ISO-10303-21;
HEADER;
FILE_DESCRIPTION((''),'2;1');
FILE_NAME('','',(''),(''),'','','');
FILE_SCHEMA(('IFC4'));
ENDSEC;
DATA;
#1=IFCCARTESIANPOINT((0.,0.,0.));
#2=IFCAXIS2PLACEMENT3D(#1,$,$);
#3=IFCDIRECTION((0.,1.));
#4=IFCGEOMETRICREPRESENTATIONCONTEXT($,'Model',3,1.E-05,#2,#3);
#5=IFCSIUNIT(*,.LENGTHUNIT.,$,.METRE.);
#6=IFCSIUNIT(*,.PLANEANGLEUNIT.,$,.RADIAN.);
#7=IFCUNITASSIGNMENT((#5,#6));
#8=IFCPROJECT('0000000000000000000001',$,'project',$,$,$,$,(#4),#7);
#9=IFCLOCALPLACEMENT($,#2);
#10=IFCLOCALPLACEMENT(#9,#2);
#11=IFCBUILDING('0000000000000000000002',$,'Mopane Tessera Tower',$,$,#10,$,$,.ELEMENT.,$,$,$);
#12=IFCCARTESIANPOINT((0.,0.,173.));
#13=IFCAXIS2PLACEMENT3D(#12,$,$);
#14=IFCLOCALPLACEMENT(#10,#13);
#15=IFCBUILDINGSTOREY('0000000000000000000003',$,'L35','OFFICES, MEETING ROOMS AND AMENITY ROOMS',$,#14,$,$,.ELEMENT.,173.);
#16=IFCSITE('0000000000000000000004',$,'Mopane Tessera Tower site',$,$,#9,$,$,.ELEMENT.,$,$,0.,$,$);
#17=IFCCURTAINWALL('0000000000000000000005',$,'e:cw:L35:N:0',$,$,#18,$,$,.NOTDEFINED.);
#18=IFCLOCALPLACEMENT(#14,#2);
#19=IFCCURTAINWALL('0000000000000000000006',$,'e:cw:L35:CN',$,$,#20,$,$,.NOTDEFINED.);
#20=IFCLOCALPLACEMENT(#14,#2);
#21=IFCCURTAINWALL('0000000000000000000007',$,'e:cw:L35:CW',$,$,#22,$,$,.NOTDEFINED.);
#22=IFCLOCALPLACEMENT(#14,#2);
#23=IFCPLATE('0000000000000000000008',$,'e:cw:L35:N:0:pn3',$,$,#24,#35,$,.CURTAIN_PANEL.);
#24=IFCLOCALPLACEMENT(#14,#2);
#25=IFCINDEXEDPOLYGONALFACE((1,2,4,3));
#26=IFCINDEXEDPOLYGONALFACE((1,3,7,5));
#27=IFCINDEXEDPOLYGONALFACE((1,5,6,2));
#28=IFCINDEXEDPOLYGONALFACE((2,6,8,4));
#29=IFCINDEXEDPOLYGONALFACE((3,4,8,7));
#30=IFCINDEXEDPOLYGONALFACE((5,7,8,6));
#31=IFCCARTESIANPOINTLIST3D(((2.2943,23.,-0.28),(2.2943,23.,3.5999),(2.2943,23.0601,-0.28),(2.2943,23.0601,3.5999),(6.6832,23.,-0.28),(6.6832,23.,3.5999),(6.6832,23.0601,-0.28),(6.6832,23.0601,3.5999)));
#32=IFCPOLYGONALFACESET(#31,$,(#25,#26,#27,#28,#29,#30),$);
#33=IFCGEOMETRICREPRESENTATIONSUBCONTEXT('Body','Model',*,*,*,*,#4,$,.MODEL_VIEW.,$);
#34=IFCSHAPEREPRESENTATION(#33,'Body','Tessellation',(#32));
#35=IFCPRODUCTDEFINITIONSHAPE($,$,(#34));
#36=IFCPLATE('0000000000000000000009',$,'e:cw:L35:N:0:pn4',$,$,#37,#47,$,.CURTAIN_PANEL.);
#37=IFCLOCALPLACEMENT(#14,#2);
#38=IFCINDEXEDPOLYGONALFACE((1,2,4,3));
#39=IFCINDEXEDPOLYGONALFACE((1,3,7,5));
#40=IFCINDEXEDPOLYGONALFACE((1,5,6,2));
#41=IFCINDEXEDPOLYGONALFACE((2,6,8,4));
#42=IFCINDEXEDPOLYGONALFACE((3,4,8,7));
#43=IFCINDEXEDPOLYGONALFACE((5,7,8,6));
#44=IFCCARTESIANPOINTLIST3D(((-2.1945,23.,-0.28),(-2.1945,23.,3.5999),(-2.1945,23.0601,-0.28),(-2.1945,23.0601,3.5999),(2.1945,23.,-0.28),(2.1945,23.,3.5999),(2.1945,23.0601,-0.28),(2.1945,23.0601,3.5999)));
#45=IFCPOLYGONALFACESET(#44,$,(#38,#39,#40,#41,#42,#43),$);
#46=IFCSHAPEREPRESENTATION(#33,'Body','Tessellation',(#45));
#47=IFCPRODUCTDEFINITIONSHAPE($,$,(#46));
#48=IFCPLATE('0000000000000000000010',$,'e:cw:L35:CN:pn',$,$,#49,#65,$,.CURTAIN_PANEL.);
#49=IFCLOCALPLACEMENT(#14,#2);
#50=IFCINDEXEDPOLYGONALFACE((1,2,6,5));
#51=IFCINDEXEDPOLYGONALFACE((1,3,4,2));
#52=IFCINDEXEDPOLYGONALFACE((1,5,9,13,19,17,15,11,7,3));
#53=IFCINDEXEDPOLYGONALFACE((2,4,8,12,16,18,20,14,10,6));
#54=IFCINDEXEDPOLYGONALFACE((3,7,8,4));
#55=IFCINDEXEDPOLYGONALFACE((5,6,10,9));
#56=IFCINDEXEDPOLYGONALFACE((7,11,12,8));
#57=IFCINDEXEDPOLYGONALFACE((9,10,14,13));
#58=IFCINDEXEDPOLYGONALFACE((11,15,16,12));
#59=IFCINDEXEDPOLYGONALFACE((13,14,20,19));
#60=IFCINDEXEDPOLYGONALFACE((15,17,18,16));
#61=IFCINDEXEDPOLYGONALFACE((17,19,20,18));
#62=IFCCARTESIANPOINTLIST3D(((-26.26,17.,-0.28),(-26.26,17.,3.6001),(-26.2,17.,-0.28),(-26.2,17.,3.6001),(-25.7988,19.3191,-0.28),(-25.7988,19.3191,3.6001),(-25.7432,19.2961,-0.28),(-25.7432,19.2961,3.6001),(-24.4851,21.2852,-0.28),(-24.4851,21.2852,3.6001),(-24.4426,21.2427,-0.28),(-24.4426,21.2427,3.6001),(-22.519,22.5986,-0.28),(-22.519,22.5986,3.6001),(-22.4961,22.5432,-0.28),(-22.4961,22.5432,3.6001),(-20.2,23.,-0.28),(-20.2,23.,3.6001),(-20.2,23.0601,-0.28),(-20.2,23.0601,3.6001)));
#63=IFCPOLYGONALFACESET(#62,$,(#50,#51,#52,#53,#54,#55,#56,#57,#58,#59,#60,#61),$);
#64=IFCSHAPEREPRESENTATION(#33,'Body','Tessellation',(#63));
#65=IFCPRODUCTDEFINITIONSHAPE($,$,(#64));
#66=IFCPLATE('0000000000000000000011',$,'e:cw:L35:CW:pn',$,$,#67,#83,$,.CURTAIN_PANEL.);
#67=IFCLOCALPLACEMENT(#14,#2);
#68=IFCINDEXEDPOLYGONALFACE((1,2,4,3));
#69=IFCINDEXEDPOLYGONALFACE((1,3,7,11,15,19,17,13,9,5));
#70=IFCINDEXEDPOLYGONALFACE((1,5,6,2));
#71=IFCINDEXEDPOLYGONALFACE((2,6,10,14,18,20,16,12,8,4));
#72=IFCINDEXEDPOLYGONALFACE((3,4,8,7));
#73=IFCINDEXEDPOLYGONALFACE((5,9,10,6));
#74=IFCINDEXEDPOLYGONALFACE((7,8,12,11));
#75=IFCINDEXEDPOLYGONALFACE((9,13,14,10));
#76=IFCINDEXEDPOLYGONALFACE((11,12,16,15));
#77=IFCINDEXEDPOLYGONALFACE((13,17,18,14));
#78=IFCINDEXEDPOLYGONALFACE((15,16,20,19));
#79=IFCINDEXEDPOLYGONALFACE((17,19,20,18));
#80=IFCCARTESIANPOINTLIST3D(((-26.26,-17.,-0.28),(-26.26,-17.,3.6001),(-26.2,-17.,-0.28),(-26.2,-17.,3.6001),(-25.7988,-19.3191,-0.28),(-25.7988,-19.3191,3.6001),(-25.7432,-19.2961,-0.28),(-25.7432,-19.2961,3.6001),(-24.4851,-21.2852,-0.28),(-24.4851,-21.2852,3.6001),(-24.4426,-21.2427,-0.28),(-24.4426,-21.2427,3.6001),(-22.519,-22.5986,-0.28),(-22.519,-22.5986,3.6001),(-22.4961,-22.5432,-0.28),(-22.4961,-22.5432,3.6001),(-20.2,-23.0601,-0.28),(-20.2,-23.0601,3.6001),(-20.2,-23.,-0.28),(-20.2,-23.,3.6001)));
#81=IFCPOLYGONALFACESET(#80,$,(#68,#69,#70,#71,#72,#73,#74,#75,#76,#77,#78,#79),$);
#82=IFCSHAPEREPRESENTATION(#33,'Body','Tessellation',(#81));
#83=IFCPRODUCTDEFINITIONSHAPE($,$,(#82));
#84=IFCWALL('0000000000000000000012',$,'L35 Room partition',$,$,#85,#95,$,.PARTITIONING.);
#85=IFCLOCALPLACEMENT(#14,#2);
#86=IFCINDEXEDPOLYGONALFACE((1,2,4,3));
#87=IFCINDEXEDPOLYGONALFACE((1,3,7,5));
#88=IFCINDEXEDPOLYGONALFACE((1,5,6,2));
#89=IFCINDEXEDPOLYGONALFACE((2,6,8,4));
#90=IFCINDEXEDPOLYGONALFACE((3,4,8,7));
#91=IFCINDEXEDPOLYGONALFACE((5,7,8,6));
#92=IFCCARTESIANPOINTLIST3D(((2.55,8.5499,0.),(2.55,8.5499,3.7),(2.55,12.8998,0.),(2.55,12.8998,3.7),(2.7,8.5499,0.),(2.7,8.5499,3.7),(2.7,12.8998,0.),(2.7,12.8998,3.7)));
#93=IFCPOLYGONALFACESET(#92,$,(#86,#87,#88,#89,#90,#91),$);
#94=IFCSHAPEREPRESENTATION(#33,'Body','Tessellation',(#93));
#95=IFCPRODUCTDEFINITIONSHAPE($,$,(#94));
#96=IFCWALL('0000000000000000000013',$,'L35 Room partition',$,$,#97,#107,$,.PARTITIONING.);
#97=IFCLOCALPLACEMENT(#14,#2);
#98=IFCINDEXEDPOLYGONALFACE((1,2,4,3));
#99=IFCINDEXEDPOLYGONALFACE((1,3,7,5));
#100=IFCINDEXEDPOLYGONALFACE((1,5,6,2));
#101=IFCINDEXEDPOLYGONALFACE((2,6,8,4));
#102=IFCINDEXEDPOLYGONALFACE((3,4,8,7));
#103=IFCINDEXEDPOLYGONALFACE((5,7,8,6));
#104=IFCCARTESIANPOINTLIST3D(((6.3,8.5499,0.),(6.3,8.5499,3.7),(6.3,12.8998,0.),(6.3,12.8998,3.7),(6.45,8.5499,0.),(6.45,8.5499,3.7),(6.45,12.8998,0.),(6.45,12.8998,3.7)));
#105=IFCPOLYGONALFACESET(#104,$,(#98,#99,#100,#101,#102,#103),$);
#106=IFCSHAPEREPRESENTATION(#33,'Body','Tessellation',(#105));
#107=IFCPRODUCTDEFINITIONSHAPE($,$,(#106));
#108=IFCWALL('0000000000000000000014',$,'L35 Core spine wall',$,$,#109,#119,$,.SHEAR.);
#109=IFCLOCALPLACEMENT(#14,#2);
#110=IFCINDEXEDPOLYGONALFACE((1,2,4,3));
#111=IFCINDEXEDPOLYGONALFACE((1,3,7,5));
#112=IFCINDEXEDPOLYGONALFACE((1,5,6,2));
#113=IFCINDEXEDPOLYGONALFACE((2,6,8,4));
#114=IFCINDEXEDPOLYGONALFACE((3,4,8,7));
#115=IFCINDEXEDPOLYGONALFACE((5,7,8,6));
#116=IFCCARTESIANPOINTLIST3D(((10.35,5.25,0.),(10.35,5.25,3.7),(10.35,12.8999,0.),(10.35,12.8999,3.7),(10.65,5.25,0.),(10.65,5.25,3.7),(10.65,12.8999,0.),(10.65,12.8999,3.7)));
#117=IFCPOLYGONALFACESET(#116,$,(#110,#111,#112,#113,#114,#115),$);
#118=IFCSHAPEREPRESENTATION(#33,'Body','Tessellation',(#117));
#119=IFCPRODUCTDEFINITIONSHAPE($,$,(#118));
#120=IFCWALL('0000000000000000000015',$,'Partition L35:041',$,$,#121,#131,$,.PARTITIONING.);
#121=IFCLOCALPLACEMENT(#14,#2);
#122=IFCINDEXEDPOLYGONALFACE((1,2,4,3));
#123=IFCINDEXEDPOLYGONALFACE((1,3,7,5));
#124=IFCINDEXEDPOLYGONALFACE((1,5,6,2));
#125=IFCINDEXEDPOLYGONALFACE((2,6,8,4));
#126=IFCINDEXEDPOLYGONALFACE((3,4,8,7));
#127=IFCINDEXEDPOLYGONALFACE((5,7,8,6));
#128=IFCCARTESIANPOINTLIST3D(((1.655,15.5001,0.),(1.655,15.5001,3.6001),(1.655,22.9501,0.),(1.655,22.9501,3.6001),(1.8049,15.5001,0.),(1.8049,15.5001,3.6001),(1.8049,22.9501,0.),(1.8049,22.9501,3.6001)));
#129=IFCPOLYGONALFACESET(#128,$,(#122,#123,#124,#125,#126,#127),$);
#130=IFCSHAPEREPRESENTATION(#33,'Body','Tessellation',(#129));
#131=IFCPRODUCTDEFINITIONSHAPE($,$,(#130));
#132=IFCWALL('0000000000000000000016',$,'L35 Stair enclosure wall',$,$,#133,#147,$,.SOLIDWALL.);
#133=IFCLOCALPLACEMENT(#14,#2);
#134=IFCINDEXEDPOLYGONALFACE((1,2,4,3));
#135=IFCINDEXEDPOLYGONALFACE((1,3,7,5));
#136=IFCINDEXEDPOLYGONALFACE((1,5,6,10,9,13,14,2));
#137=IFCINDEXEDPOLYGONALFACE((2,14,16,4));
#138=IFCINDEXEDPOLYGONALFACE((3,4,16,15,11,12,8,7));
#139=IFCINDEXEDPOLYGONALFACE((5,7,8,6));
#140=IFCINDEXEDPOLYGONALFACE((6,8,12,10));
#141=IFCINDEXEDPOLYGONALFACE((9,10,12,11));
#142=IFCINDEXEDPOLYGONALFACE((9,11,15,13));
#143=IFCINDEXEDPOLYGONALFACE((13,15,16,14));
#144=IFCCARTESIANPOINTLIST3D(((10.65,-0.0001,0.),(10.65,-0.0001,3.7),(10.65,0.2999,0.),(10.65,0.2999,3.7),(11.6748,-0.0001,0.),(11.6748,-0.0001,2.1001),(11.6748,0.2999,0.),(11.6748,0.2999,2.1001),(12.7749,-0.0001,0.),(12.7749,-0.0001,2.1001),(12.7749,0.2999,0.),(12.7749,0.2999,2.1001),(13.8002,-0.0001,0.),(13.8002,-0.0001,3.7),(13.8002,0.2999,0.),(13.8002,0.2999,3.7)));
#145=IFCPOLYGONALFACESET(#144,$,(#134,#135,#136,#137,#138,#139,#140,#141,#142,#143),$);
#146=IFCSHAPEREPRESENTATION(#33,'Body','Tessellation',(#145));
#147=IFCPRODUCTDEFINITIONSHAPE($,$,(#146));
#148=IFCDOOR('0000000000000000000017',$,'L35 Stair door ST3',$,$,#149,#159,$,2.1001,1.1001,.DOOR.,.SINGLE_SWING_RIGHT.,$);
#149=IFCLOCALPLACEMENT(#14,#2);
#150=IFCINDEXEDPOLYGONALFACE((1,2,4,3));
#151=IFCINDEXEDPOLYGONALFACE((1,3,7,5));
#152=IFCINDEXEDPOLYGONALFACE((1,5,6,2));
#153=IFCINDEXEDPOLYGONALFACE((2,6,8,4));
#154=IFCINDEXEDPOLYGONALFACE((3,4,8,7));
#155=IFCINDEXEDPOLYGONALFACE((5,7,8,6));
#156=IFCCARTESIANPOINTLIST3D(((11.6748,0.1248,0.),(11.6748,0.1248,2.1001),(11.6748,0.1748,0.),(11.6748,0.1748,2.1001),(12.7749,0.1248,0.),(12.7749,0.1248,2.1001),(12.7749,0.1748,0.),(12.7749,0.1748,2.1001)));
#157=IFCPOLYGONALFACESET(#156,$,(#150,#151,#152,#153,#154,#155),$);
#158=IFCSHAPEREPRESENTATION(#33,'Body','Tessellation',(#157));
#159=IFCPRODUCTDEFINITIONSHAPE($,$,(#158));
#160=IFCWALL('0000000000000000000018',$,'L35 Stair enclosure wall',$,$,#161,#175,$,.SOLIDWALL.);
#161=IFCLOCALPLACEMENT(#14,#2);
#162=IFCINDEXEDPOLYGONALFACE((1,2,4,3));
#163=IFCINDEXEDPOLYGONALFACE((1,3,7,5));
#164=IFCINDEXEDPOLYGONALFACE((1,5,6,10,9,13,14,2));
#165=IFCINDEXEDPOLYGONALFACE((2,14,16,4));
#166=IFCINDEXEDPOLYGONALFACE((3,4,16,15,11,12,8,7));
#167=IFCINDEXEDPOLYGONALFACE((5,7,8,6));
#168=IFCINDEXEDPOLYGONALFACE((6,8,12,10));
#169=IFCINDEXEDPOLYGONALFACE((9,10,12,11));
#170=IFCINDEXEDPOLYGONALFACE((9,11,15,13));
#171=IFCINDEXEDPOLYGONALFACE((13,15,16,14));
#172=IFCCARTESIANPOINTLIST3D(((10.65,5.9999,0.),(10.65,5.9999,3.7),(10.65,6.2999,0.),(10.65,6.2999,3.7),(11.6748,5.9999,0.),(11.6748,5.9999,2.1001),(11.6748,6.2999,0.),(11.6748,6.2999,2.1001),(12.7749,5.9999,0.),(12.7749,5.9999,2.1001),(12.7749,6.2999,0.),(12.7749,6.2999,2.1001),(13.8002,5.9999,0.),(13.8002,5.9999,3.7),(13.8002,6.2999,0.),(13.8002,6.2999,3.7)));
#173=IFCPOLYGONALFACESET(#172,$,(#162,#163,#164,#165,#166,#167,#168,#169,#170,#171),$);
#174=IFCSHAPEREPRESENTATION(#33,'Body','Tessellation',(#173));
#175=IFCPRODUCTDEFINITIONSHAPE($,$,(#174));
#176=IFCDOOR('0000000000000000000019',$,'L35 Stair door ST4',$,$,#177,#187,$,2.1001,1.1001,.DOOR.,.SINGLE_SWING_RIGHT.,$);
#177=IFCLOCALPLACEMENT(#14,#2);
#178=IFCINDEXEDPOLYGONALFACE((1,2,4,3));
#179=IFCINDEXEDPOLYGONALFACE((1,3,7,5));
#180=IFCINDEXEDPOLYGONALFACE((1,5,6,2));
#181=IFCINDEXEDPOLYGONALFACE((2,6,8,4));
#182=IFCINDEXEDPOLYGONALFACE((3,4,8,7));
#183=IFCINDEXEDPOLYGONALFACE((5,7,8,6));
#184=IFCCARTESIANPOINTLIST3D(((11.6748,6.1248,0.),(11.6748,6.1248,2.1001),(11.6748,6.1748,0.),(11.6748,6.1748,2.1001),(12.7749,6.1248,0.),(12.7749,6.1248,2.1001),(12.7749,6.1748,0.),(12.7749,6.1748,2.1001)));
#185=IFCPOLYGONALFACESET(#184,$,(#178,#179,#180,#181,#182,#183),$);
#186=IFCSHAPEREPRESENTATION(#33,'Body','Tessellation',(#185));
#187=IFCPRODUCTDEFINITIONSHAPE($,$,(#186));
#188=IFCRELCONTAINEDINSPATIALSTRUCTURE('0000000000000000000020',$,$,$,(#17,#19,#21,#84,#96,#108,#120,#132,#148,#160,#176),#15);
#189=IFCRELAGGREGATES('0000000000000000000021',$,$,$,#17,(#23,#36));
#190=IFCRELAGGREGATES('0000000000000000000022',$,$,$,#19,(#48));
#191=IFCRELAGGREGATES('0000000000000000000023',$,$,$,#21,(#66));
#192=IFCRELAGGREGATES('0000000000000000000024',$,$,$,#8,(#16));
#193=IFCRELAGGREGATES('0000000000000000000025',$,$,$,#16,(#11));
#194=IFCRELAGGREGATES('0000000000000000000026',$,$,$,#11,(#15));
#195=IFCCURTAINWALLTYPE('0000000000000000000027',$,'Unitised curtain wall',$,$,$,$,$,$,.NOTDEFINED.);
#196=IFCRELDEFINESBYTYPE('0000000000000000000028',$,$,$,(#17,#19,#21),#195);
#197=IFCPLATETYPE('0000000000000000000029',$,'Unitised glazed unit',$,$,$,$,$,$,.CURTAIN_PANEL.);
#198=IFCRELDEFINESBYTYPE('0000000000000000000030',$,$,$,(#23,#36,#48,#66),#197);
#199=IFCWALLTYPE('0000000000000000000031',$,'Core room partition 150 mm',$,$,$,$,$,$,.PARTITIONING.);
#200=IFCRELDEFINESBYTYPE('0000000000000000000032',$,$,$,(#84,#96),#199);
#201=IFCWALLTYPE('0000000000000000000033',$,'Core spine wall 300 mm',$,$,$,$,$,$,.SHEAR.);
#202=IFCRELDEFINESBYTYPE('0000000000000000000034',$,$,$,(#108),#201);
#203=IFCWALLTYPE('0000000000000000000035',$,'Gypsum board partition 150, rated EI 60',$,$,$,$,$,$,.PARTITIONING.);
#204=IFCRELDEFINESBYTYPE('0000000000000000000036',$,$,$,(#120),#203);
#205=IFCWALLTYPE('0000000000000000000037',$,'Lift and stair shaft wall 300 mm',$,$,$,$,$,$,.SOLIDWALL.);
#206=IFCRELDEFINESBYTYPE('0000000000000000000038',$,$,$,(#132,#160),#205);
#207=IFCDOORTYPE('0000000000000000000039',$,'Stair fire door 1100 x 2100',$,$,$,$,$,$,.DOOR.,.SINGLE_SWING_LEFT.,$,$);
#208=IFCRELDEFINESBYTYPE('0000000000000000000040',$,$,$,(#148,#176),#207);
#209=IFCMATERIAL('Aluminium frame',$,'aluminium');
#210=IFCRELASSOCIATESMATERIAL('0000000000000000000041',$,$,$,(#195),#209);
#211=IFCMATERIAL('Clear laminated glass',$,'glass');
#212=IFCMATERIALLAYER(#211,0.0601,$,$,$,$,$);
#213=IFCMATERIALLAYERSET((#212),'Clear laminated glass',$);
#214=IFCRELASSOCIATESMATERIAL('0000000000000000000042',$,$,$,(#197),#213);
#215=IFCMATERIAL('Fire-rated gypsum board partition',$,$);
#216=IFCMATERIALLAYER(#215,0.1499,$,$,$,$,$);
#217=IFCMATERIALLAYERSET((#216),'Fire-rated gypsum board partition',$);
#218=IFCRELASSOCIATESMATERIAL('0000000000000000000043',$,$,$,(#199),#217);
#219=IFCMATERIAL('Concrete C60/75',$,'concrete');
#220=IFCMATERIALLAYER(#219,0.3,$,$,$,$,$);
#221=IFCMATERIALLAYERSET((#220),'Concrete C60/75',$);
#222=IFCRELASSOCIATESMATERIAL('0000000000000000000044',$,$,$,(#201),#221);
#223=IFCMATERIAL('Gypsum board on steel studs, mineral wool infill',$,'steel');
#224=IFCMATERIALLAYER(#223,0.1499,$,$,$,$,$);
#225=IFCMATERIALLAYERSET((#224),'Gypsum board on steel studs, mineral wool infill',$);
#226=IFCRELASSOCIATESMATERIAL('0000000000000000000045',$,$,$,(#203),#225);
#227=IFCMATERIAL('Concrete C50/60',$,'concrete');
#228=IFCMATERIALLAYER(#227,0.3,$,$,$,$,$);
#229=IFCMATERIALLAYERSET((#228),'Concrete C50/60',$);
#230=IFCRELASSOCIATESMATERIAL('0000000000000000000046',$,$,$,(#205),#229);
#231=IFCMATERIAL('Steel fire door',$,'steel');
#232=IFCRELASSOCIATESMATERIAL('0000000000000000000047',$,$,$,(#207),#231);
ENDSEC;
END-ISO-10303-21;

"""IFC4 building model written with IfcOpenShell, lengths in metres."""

from ifc_helpers import new_model, si_unit, direction, frame, frame_2d, origin, origin_2d, place, context, subcontext, project, spatial, polyline, rectangle, outline, extrude, material, layer, layer_set, type_object, element, fill, aggregate, save


model = new_model("IFC4")

# Units and contexts
model_context = context("Model", 3, precision=1e-05, world=origin(), true_north=direction((0.0, 1.0)))
body_context = subcontext(model_context, "Body", "Model", "MODEL_VIEW")
ifc_project = project(units=[si_unit("LENGTHUNIT", "METRE"), si_unit("PLANEANGLEUNIT", "RADIAN")], contexts=[model_context])

# Site, building, storey
site_placement = place(None, origin())
site = spatial("IfcSite", under=ifc_project, at=site_placement, Name="Mopane Tessera Tower site", CompositionType="ELEMENT", RefElevation=0.0)
building_placement = place(site_placement, origin())
building = spatial("IfcBuilding", under=site, at=building_placement, Name="Mopane Tessera Tower", CompositionType="ELEMENT")
storey_placement = place(building_placement, frame((0.0, 0.0, 173.0)))
storey = spatial("IfcBuildingStorey", under=building, at=storey_placement, Name="L35", Description="OFFICES, MEETING ROOMS AND AMENITY ROOMS", CompositionType="ELEMENT", Elevation=173.0)

# Curtain wall
ifc_material_1 = material(Name="Aluminium frame", Category="aluminium")
curtain_wall_type = type_object("IfcCurtainWallType", Name="Unitised curtain wall", PredefinedType="NOTDEFINED", material=ifc_material_1)
curtain_wall_1_placement = place(storey_placement, origin())
curtain_wall_1 = element("IfcCurtainWall", 1, at=curtain_wall_1_placement, inside=storey, type_object=curtain_wall_type, Name="e:cw:L35:N:0", PredefinedType="NOTDEFINED")

# Curtain walls
curtain_wall_2_placement = place(storey_placement, origin())
curtain_wall_2 = element("IfcCurtainWall", 2, at=curtain_wall_2_placement, inside=storey, type_object=curtain_wall_type, Name="e:cw:L35:CN", PredefinedType="NOTDEFINED")
curtain_wall_3_placement = place(storey_placement, origin())
curtain_wall_3 = element("IfcCurtainWall", 3, at=curtain_wall_3_placement, inside=storey, type_object=curtain_wall_type, Name="e:cw:L35:CW", PredefinedType="NOTDEFINED")

# Plates
ifc_material_2 = material(Name="Clear laminated glass", Category="glass")
ifc_layer_1 = layer(ifc_material_2, 0.0601)
ifc_layer_set_1 = layer_set([ifc_layer_1], Name="Clear laminated glass")
plate_type = type_object("IfcPlateType", Name="Unitised glazed unit", PredefinedType="CURTAIN_PANEL", material=ifc_layer_set_1)
plate_1_placement = place(storey_placement, frame((4.4888, 23.03, -0.28), z_axis=(0.0, 0.0, 1.0), x_axis=(-1.0, 0.0, 0.0)))
plate_1 = element("IfcPlate", 4, at=plate_1_placement, type_object=plate_type, Name="e:cw:L35:N:0:pn3", PredefinedType="CURTAIN_PANEL", context=body_context, shape_type="SweptSolid", body=[
    extrude(rectangle(XDim=4.3889, YDim=0.0601, at=origin_2d()), origin(), (0.0, 0.0, 1.0), 3.8799),
])
plate_2_placement = place(storey_placement, frame((0.0, 23.03, -0.28), z_axis=(0.0, 0.0, 1.0), x_axis=(-1.0, 0.0, 0.0)))
plate_2 = element("IfcPlate", 5, at=plate_2_placement, type_object=plate_type, Name="e:cw:L35:N:0:pn4", PredefinedType="CURTAIN_PANEL", context=body_context, shape_type="SweptSolid", body=[
    extrude(rectangle(XDim=4.3889, YDim=0.0601, at=origin_2d()), origin(), (0.0, 0.0, 1.0), 3.8799),
])
aggregate(curtain_wall_1, [plate_1, plate_2])
plate_3_placement = place(storey_placement, frame((0.0, 0.0, -0.28)))
plate_3 = element("IfcPlate", 6, at=plate_3_placement, type_object=plate_type, Name="e:cw:L35:CN:pn", PredefinedType="CURTAIN_PANEL", context=body_context, shape_type="SweptSolid", body=[
    extrude(outline(polyline([(-20.2, 23.0), (-22.4961, 22.5432), (-24.4426, 21.2427), (-25.7432, 19.2961), (-26.2, 17.0), (-26.26, 17.0), (-25.7988, 19.3191), (-24.4851, 21.2852), (-22.519, 22.5986), (-20.2, 23.0601), (-20.2, 23.0)])), origin(), (0.0, 0.0, 1.0), 3.8801),
])
aggregate(curtain_wall_2, [plate_3])
plate_4_placement = place(storey_placement, frame((0.0, 0.0, -0.28)))
plate_4 = element("IfcPlate", 7, at=plate_4_placement, type_object=plate_type, Name="e:cw:L35:CW:pn", PredefinedType="CURTAIN_PANEL", context=body_context, shape_type="SweptSolid", body=[
    extrude(outline(polyline([(-26.2, -17.0), (-25.7432, -19.2961), (-24.4426, -21.2427), (-22.4961, -22.5432), (-20.2, -23.0), (-20.2, -23.0601), (-22.519, -22.5986), (-24.4851, -21.2852), (-25.7988, -19.3191), (-26.26, -17.0), (-26.2, -17.0)])), origin(), (0.0, 0.0, 1.0), 3.8801),
])
aggregate(curtain_wall_3, [plate_4])

# Walls
ifc_material_3 = material(Name="Fire-rated gypsum board partition")
ifc_layer_2 = layer(ifc_material_3, 0.1499)
ifc_layer_set_2 = layer_set([ifc_layer_2], Name="Fire-rated gypsum board partition")
wall_type_1 = type_object("IfcWallType", Name="Core room partition 150 mm", PredefinedType="PARTITIONING", material=ifc_layer_set_2)
for number, where, z_axis, x_axis, name in (
    (8, (2.625, 8.55, 0.0), (0.0, 0.0, 1.0), (0.0, 1.0, 0.0), "L35 Room partition"),
    (9, (6.375, 8.55, 0.0), (0.0, 0.0, 1.0), (0.0, 1.0, 0.0), "L35 Room partition"),
):
    element("IfcWall", number, at=place(storey_placement, frame(where, z_axis=z_axis, x_axis=x_axis)), inside=storey, type_object=wall_type_1, Name=name, PredefinedType="PARTITIONING", context=body_context, shape_type="SweptSolid", body=[
        extrude(rectangle(XDim=4.3499, YDim=0.1499, at=frame_2d((2.1748, 0.0))), origin(), (0.0, 0.0, 1.0), 3.7),
    ])
ifc_material_4 = material(Name="Concrete C60/75", Category="concrete")
ifc_layer_3 = layer(ifc_material_4, 0.3)
ifc_layer_set_3 = layer_set([ifc_layer_3], Name="Concrete C60/75")
wall_type_2 = type_object("IfcWallType", Name="Core spine wall 300 mm", PredefinedType="SHEAR", material=ifc_layer_set_3)
wall_1_placement = place(storey_placement, frame((10.5, 5.25, 0.0), z_axis=(0.0, 0.0, 1.0), x_axis=(0.0, 1.0, 0.0)))
element("IfcWall", 10, at=wall_1_placement, inside=storey, type_object=wall_type_2, Name="L35 Core spine wall", PredefinedType="SHEAR", context=body_context, shape_type="SweptSolid", body=[
    extrude(rectangle(XDim=7.6499, YDim=0.3, at=frame_2d((3.825, 0.0))), origin(), (0.0, 0.0, 1.0), 3.7),
])
ifc_material_5 = material(Name="Gypsum board on steel studs, mineral wool infill", Category="steel")
ifc_layer_4 = layer(ifc_material_5, 0.1499)
ifc_layer_set_4 = layer_set([ifc_layer_4], Name="Gypsum board on steel studs, mineral wool infill")
wall_type_3 = type_object("IfcWallType", Name="Gypsum board partition 150, rated EI 60", PredefinedType="PARTITIONING", material=ifc_layer_set_4)
wall_2_placement = place(storey_placement, frame((1.73, 15.5, 0.0), z_axis=(0.0, 0.0, 1.0), x_axis=(0.0, 1.0, 0.0)))
element("IfcWall", 11, at=wall_2_placement, inside=storey, type_object=wall_type_3, Name="Partition L35:041", PredefinedType="PARTITIONING", context=body_context, shape_type="SweptSolid", body=[
    extrude(rectangle(XDim=7.45, YDim=0.1499, at=frame_2d((3.7251, 0.0))), origin(), (0.0, 0.0, 1.0), 3.6001),
])

# Walls, openings, doors
ifc_material_6 = material(Name="Concrete C50/60", Category="concrete")
ifc_layer_5 = layer(ifc_material_6, 0.3)
ifc_layer_set_5 = layer_set([ifc_layer_5], Name="Concrete C50/60")
wall_type_4 = type_object("IfcWallType", Name="Lift and stair shaft wall 300 mm", PredefinedType="SOLIDWALL", material=ifc_layer_set_5)
wall_3_placement = place(storey_placement, frame((10.6499, 0.1499, 0.0), z_axis=(0.0, 0.0, 1.0), x_axis=(1.0, 0.0, 0.0)))
wall_3 = element("IfcWall", 12, at=wall_3_placement, inside=storey, type_object=wall_type_4, Name="L35 Stair enclosure wall", PredefinedType="SOLIDWALL", context=body_context, shape_type="SweptSolid", body=[
    extrude(rectangle(XDim=3.1501, YDim=0.3, at=frame_2d((1.5752, 0.0))), origin(), (0.0, 0.0, 1.0), 3.7),
])
opening_1_placement = place(wall_3_placement, frame((1.0249, 0.0, 0.0)))
opening_1 = element("IfcOpeningElement", 13, at=opening_1_placement, cuts=wall_3, PredefinedType="OPENING", context=body_context, shape_type="SweptSolid", body=[
    extrude(rectangle(XDim=1.1001, YDim=2.1001, at=frame_2d((0.55, 1.05))), frame((0.0, 0.1621, 0.0), z_axis=(0.0, -1.0, 0.0), x_axis=(1.0, 0.0, 0.0)), (0.0, 0.0, 1.0), 0.324),
])
ifc_material_7 = material(Name="Steel fire door", Category="steel")
door_type = type_object("IfcDoorType", Name="Stair fire door 1100 x 2100", OperationType="SINGLE_SWING_LEFT", PredefinedType="DOOR", material=ifc_material_7)
door_1_placement = place(opening_1_placement, origin())
door_1 = element("IfcDoor", 14, at=door_1_placement, inside=storey, type_object=door_type, Name="L35 Stair door ST3", OperationType="SINGLE_SWING_RIGHT", OverallHeight=2.1001, OverallWidth=1.1001, PredefinedType="DOOR", context=body_context, shape_type="SweptSolid", body=[
    extrude(rectangle(XDim=1.1001, YDim=2.1001, at=frame_2d((0.55, 1.05))), frame((0.0, 0.0249, 0.0), z_axis=(0.0, -1.0, 0.0), x_axis=(1.0, 0.0, 0.0)), (0.0, 0.0, 1.0), 0.05),
])
fill(opening_1, door_1)
wall_4_placement = place(storey_placement, frame((10.6499, 6.1499, 0.0), z_axis=(0.0, 0.0, 1.0), x_axis=(1.0, 0.0, 0.0)))
wall_4 = element("IfcWall", 15, at=wall_4_placement, inside=storey, type_object=wall_type_4, Name="L35 Stair enclosure wall", PredefinedType="SOLIDWALL", context=body_context, shape_type="SweptSolid", body=[
    extrude(rectangle(XDim=3.1501, YDim=0.3, at=frame_2d((1.5752, 0.0))), origin(), (0.0, 0.0, 1.0), 3.7),
])
opening_2_placement = place(wall_4_placement, frame((1.0249, 0.0, 0.0)))
opening_2 = element("IfcOpeningElement", 16, at=opening_2_placement, cuts=wall_4, PredefinedType="OPENING", context=body_context, shape_type="SweptSolid", body=[
    extrude(rectangle(XDim=1.1001, YDim=2.1001, at=frame_2d((0.55, 1.05))), frame((0.0, 0.1621, 0.0), z_axis=(0.0, -1.0, 0.0), x_axis=(1.0, 0.0, 0.0)), (0.0, 0.0, 1.0), 0.324),
])
door_2_placement = place(opening_2_placement, origin())
door_2 = element("IfcDoor", 17, at=door_2_placement, inside=storey, type_object=door_type, Name="L35 Stair door ST4", OperationType="SINGLE_SWING_RIGHT", OverallHeight=2.1001, OverallWidth=1.1001, PredefinedType="DOOR", context=body_context, shape_type="SweptSolid", body=[
    extrude(rectangle(XDim=1.1001, YDim=2.1001, at=frame_2d((0.55, 1.05))), frame((0.0, 0.0249, 0.0), z_axis=(0.0, -1.0, 0.0), x_axis=(1.0, 0.0, 0.0)), (0.0, 0.0, 1.0), 0.05),
])
fill(opening_2, door_2)

save(model, "model.ifc")
